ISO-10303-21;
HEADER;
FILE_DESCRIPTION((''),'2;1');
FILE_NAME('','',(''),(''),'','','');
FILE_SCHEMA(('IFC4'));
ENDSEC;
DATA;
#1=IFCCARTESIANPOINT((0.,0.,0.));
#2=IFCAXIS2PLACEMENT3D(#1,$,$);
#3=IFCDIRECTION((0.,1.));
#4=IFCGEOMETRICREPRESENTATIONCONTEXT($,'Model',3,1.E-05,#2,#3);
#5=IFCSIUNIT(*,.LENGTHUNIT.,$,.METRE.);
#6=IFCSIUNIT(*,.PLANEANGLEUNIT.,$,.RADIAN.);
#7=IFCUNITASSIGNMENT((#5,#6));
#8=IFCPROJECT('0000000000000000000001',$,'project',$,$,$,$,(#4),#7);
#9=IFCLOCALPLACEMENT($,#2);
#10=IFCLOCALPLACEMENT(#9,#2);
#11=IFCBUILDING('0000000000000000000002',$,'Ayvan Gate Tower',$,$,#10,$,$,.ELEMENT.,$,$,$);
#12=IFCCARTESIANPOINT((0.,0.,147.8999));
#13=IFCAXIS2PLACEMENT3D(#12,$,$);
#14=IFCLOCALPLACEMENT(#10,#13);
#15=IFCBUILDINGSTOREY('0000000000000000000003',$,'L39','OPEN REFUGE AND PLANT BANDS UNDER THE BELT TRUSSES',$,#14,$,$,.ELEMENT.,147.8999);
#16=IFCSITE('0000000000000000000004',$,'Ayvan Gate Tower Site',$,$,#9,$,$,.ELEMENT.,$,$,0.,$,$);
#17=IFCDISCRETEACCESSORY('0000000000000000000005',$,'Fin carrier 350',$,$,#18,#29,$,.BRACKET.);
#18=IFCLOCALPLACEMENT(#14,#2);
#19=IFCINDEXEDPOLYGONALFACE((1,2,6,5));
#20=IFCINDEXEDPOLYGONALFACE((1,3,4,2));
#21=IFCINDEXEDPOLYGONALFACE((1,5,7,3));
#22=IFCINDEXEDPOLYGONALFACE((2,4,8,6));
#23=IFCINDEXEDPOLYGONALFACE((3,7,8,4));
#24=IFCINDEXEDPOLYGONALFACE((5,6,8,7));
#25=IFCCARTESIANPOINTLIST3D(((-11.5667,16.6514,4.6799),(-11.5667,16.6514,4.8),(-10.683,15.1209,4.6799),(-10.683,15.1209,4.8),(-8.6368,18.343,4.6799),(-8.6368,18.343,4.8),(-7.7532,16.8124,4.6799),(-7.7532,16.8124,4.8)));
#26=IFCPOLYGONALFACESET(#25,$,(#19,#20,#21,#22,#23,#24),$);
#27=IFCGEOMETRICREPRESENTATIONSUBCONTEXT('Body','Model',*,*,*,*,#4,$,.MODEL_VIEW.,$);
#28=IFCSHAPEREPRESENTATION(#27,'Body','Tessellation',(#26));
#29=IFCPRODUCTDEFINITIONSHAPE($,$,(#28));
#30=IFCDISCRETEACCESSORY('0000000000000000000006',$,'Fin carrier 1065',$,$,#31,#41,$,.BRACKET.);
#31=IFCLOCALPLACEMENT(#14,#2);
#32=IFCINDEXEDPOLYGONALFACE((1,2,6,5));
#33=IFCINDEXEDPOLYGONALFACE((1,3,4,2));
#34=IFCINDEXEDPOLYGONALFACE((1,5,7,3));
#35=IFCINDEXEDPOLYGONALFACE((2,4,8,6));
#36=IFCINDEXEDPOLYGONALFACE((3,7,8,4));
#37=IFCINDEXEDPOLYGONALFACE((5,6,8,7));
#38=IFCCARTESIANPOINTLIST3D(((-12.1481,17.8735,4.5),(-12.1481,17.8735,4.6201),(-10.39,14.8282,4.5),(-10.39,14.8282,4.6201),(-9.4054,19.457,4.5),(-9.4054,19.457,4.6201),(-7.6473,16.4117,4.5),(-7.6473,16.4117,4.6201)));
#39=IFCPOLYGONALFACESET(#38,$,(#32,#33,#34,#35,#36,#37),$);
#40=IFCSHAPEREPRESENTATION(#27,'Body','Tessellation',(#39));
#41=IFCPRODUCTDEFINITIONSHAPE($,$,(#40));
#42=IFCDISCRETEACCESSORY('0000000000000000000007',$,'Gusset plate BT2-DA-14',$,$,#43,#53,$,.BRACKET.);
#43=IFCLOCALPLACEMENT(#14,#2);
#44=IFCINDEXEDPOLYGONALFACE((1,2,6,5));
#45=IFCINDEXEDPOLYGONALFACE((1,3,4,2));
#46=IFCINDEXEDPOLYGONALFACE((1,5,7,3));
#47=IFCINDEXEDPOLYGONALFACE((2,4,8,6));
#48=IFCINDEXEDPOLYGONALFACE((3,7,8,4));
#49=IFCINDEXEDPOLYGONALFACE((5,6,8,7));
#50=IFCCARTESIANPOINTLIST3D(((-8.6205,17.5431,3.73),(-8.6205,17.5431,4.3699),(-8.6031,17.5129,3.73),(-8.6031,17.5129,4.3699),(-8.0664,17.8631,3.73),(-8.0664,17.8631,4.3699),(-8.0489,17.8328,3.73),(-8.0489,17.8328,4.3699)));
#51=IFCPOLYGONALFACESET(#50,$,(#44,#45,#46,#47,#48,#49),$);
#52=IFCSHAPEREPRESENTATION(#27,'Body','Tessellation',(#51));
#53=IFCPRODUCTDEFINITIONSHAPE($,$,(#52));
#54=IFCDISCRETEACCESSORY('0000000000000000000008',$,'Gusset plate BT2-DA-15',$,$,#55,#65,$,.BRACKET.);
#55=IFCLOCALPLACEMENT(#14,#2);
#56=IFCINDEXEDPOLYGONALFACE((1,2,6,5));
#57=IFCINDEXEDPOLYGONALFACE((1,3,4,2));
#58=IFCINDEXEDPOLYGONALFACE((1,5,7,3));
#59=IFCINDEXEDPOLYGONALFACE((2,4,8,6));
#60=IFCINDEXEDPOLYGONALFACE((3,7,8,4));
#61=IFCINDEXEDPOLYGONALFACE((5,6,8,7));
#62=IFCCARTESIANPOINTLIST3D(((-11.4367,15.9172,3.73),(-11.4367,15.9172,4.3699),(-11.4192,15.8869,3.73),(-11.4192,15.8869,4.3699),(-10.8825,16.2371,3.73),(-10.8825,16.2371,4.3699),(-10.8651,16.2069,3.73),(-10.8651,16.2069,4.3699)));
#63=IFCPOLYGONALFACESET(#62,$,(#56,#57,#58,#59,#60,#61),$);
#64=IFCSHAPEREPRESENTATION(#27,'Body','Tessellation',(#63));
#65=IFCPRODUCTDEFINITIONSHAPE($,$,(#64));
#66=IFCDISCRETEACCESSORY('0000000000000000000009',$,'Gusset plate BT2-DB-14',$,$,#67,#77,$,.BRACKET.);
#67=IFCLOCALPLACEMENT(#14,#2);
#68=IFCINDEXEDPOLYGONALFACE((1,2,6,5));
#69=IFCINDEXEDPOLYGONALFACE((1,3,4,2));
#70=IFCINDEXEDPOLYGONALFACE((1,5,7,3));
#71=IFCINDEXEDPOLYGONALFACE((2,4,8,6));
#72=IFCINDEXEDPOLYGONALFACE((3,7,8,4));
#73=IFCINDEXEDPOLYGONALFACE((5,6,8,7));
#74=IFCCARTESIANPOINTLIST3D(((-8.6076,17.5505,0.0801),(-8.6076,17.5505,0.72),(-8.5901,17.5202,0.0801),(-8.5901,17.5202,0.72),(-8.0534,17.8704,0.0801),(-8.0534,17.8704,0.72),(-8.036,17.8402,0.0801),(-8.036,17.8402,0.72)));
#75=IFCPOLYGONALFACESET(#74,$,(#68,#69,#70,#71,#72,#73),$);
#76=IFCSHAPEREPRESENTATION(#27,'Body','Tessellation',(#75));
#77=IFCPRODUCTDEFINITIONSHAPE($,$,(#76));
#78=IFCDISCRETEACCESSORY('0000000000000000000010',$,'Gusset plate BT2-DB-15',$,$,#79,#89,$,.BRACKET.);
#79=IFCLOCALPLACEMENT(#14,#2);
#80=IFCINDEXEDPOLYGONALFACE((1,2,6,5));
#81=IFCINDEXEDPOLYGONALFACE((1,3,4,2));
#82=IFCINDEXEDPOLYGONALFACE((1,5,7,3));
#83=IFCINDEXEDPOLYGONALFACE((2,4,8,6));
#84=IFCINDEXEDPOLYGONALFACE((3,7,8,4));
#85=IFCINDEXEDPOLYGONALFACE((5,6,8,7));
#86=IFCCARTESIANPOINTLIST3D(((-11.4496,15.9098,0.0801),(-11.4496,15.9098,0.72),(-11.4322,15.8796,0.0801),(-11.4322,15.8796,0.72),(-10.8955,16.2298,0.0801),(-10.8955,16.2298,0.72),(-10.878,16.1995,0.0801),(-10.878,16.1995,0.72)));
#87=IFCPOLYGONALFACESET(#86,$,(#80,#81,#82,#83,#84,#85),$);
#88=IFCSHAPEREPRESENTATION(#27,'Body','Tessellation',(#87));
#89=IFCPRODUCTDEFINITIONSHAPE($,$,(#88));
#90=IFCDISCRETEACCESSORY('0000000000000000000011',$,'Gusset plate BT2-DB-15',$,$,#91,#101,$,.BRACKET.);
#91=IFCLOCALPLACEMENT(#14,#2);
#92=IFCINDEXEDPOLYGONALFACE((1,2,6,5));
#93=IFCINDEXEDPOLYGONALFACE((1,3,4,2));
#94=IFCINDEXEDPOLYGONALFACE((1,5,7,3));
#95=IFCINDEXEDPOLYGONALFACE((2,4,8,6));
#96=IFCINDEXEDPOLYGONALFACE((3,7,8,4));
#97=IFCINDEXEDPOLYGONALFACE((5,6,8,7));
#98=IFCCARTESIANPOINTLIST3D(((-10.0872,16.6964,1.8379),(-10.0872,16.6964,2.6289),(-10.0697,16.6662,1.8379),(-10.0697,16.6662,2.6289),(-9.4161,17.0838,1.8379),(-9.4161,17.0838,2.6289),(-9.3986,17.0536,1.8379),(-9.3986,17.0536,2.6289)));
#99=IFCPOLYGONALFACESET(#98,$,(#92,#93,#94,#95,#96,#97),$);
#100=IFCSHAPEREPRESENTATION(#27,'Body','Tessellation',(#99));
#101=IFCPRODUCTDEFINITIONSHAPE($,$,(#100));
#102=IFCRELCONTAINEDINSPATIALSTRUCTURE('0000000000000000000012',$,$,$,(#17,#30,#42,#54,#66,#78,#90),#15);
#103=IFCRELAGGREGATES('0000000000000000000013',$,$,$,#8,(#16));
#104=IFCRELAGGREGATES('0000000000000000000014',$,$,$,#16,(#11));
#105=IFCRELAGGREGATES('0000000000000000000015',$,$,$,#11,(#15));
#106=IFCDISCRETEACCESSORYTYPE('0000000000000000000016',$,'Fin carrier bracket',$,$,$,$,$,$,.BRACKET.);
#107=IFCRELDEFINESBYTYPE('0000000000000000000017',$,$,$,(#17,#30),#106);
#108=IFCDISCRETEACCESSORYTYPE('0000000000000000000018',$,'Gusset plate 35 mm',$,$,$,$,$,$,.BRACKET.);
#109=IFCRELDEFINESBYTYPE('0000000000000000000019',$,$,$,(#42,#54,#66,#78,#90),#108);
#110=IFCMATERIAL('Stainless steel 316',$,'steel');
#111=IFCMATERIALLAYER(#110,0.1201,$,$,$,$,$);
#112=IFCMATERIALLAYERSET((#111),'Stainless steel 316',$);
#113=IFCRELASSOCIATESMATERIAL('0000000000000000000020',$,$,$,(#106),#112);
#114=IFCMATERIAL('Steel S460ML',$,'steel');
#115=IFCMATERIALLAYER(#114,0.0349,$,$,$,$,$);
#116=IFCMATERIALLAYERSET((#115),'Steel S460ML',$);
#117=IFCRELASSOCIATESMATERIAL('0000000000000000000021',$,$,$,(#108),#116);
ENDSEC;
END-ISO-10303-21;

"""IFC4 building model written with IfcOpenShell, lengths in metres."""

from ifc_helpers import new_model, si_unit, direction, frame, origin, origin_2d, place, context, subcontext, project, spatial, rectangle, extrude, material, layer, layer_set, type_object, element, save


model = new_model("IFC4")

# Units and contexts
model_context = context("Model", 3, precision=1e-05, world=origin(), true_north=direction((0.0, 1.0)))
body_context = subcontext(model_context, "Body", "Model", "MODEL_VIEW")
ifc_project = project(units=[si_unit("LENGTHUNIT", "METRE"), si_unit("PLANEANGLEUNIT", "RADIAN")], contexts=[model_context])

# Site, building, storey
site_placement = place(None, origin())
site = spatial("IfcSite", under=ifc_project, at=site_placement, Name="Ayvan Gate Tower Site", CompositionType="ELEMENT", RefElevation=0.0)
building_placement = place(site_placement, origin())
building = spatial("IfcBuilding", under=site, at=building_placement, Name="Ayvan Gate Tower", CompositionType="ELEMENT")
storey_placement = place(building_placement, frame((0.0, 0.0, 147.8999)))
storey = spatial("IfcBuildingStorey", under=building, at=storey_placement, Name="L39", Description="OPEN REFUGE AND PLANT BANDS UNDER THE BELT TRUSSES", CompositionType="ELEMENT", Elevation=147.8999)

# Shared definitions
ifc_material_1 = material(Name="Steel S460ML", Category="steel")

# Discrete accessories
ifc_material_2 = material(Name="Stainless steel 316", Category="steel")
ifc_layer_1 = layer(ifc_material_2, 0.1201)
ifc_layer_set_1 = layer_set([ifc_layer_1], Name="Stainless steel 316")
discrete_accessory_type_1 = type_object("IfcDiscreteAccessoryType", Name="Fin carrier bracket", PredefinedType="BRACKET", material=ifc_layer_set_1)
discrete_accessory_1_placement = place(storey_placement, frame((-9.6599, 16.7319, 4.6799), z_axis=(0.0, 0.0, 1.0), x_axis=(-0.866025, -0.5, 0.0)))
element("IfcDiscreteAccessory", 1, at=discrete_accessory_1_placement, inside=storey, type_object=discrete_accessory_type_1, Name="Fin carrier 350", PredefinedType="BRACKET", context=body_context, shape_type="SweptSolid", body=[
    extrude(rectangle(XDim=3.3831, YDim=1.7673, at=origin_2d()), origin(), (0.0, 0.0, 1.0), 0.1201),
])
discrete_accessory_2_placement = place(storey_placement, frame((-9.8977, 17.1426, 4.5), z_axis=(0.0, 0.0, 1.0), x_axis=(-0.866025, -0.5, 0.0)))
element("IfcDiscreteAccessory", 2, at=discrete_accessory_2_placement, inside=storey, type_object=discrete_accessory_type_1, Name="Fin carrier 1065", PredefinedType="BRACKET", context=body_context, shape_type="SweptSolid", body=[
    extrude(rectangle(XDim=3.167, YDim=3.5164, at=origin_2d()), origin(), (0.0, 0.0, 1.0), 0.1201),
])
ifc_layer_2 = layer(ifc_material_1, 0.0349)
ifc_layer_set_2 = layer_set([ifc_layer_2], Name="Steel S460ML")
discrete_accessory_type_2 = type_object("IfcDiscreteAccessoryType", Name="Gusset plate 35 mm", PredefinedType="BRACKET", material=ifc_layer_set_2)
for number, where, z_axis, x_axis, name in (
    (3, (-8.3347, 17.688, 3.73), (0.0, 0.0, 1.0), (0.866025, 0.5, 0.0), "Gusset plate BT2-DA-14"),
    (4, (-11.1509, 16.062, 3.73), (0.0, 0.0, 1.0), (0.866025, 0.5, 0.0), "Gusset plate BT2-DA-15"),
    (5, (-8.3218, 17.6953, 0.0801), (0.0, 0.0, 1.0), (0.866025, 0.5, 0.0), "Gusset plate BT2-DB-14"),
    (6, (-11.1638, 16.0547, 0.0801), (0.0, 0.0, 1.0), (0.866025, 0.5, 0.0), "Gusset plate BT2-DB-15"),
):
    element("IfcDiscreteAccessory", number, at=place(storey_placement, frame(where, z_axis=z_axis, x_axis=x_axis)), inside=storey, type_object=discrete_accessory_type_2, Name=name, PredefinedType="BRACKET", context=body_context, shape_type="SweptSolid", body=[
        extrude(rectangle(XDim=0.6399, YDim=0.0349, at=origin_2d()), origin(), (0.0, 0.0, 1.0), 0.6399),
    ])
discrete_accessory_3_placement = place(storey_placement, frame((-9.7429, 16.875, 1.8379), z_axis=(0.0, 0.0, 1.0), x_axis=(0.866025, 0.5, 0.0)))
element("IfcDiscreteAccessory", 7, at=discrete_accessory_3_placement, inside=storey, type_object=discrete_accessory_type_2, Name="Gusset plate BT2-DB-15", PredefinedType="BRACKET", context=body_context, shape_type="SweptSolid", body=[
    extrude(rectangle(XDim=0.7749, YDim=0.0349, at=origin_2d()), origin(), (0.0, 0.0, 1.0), 0.791),
])

save(model, "model.ifc")
